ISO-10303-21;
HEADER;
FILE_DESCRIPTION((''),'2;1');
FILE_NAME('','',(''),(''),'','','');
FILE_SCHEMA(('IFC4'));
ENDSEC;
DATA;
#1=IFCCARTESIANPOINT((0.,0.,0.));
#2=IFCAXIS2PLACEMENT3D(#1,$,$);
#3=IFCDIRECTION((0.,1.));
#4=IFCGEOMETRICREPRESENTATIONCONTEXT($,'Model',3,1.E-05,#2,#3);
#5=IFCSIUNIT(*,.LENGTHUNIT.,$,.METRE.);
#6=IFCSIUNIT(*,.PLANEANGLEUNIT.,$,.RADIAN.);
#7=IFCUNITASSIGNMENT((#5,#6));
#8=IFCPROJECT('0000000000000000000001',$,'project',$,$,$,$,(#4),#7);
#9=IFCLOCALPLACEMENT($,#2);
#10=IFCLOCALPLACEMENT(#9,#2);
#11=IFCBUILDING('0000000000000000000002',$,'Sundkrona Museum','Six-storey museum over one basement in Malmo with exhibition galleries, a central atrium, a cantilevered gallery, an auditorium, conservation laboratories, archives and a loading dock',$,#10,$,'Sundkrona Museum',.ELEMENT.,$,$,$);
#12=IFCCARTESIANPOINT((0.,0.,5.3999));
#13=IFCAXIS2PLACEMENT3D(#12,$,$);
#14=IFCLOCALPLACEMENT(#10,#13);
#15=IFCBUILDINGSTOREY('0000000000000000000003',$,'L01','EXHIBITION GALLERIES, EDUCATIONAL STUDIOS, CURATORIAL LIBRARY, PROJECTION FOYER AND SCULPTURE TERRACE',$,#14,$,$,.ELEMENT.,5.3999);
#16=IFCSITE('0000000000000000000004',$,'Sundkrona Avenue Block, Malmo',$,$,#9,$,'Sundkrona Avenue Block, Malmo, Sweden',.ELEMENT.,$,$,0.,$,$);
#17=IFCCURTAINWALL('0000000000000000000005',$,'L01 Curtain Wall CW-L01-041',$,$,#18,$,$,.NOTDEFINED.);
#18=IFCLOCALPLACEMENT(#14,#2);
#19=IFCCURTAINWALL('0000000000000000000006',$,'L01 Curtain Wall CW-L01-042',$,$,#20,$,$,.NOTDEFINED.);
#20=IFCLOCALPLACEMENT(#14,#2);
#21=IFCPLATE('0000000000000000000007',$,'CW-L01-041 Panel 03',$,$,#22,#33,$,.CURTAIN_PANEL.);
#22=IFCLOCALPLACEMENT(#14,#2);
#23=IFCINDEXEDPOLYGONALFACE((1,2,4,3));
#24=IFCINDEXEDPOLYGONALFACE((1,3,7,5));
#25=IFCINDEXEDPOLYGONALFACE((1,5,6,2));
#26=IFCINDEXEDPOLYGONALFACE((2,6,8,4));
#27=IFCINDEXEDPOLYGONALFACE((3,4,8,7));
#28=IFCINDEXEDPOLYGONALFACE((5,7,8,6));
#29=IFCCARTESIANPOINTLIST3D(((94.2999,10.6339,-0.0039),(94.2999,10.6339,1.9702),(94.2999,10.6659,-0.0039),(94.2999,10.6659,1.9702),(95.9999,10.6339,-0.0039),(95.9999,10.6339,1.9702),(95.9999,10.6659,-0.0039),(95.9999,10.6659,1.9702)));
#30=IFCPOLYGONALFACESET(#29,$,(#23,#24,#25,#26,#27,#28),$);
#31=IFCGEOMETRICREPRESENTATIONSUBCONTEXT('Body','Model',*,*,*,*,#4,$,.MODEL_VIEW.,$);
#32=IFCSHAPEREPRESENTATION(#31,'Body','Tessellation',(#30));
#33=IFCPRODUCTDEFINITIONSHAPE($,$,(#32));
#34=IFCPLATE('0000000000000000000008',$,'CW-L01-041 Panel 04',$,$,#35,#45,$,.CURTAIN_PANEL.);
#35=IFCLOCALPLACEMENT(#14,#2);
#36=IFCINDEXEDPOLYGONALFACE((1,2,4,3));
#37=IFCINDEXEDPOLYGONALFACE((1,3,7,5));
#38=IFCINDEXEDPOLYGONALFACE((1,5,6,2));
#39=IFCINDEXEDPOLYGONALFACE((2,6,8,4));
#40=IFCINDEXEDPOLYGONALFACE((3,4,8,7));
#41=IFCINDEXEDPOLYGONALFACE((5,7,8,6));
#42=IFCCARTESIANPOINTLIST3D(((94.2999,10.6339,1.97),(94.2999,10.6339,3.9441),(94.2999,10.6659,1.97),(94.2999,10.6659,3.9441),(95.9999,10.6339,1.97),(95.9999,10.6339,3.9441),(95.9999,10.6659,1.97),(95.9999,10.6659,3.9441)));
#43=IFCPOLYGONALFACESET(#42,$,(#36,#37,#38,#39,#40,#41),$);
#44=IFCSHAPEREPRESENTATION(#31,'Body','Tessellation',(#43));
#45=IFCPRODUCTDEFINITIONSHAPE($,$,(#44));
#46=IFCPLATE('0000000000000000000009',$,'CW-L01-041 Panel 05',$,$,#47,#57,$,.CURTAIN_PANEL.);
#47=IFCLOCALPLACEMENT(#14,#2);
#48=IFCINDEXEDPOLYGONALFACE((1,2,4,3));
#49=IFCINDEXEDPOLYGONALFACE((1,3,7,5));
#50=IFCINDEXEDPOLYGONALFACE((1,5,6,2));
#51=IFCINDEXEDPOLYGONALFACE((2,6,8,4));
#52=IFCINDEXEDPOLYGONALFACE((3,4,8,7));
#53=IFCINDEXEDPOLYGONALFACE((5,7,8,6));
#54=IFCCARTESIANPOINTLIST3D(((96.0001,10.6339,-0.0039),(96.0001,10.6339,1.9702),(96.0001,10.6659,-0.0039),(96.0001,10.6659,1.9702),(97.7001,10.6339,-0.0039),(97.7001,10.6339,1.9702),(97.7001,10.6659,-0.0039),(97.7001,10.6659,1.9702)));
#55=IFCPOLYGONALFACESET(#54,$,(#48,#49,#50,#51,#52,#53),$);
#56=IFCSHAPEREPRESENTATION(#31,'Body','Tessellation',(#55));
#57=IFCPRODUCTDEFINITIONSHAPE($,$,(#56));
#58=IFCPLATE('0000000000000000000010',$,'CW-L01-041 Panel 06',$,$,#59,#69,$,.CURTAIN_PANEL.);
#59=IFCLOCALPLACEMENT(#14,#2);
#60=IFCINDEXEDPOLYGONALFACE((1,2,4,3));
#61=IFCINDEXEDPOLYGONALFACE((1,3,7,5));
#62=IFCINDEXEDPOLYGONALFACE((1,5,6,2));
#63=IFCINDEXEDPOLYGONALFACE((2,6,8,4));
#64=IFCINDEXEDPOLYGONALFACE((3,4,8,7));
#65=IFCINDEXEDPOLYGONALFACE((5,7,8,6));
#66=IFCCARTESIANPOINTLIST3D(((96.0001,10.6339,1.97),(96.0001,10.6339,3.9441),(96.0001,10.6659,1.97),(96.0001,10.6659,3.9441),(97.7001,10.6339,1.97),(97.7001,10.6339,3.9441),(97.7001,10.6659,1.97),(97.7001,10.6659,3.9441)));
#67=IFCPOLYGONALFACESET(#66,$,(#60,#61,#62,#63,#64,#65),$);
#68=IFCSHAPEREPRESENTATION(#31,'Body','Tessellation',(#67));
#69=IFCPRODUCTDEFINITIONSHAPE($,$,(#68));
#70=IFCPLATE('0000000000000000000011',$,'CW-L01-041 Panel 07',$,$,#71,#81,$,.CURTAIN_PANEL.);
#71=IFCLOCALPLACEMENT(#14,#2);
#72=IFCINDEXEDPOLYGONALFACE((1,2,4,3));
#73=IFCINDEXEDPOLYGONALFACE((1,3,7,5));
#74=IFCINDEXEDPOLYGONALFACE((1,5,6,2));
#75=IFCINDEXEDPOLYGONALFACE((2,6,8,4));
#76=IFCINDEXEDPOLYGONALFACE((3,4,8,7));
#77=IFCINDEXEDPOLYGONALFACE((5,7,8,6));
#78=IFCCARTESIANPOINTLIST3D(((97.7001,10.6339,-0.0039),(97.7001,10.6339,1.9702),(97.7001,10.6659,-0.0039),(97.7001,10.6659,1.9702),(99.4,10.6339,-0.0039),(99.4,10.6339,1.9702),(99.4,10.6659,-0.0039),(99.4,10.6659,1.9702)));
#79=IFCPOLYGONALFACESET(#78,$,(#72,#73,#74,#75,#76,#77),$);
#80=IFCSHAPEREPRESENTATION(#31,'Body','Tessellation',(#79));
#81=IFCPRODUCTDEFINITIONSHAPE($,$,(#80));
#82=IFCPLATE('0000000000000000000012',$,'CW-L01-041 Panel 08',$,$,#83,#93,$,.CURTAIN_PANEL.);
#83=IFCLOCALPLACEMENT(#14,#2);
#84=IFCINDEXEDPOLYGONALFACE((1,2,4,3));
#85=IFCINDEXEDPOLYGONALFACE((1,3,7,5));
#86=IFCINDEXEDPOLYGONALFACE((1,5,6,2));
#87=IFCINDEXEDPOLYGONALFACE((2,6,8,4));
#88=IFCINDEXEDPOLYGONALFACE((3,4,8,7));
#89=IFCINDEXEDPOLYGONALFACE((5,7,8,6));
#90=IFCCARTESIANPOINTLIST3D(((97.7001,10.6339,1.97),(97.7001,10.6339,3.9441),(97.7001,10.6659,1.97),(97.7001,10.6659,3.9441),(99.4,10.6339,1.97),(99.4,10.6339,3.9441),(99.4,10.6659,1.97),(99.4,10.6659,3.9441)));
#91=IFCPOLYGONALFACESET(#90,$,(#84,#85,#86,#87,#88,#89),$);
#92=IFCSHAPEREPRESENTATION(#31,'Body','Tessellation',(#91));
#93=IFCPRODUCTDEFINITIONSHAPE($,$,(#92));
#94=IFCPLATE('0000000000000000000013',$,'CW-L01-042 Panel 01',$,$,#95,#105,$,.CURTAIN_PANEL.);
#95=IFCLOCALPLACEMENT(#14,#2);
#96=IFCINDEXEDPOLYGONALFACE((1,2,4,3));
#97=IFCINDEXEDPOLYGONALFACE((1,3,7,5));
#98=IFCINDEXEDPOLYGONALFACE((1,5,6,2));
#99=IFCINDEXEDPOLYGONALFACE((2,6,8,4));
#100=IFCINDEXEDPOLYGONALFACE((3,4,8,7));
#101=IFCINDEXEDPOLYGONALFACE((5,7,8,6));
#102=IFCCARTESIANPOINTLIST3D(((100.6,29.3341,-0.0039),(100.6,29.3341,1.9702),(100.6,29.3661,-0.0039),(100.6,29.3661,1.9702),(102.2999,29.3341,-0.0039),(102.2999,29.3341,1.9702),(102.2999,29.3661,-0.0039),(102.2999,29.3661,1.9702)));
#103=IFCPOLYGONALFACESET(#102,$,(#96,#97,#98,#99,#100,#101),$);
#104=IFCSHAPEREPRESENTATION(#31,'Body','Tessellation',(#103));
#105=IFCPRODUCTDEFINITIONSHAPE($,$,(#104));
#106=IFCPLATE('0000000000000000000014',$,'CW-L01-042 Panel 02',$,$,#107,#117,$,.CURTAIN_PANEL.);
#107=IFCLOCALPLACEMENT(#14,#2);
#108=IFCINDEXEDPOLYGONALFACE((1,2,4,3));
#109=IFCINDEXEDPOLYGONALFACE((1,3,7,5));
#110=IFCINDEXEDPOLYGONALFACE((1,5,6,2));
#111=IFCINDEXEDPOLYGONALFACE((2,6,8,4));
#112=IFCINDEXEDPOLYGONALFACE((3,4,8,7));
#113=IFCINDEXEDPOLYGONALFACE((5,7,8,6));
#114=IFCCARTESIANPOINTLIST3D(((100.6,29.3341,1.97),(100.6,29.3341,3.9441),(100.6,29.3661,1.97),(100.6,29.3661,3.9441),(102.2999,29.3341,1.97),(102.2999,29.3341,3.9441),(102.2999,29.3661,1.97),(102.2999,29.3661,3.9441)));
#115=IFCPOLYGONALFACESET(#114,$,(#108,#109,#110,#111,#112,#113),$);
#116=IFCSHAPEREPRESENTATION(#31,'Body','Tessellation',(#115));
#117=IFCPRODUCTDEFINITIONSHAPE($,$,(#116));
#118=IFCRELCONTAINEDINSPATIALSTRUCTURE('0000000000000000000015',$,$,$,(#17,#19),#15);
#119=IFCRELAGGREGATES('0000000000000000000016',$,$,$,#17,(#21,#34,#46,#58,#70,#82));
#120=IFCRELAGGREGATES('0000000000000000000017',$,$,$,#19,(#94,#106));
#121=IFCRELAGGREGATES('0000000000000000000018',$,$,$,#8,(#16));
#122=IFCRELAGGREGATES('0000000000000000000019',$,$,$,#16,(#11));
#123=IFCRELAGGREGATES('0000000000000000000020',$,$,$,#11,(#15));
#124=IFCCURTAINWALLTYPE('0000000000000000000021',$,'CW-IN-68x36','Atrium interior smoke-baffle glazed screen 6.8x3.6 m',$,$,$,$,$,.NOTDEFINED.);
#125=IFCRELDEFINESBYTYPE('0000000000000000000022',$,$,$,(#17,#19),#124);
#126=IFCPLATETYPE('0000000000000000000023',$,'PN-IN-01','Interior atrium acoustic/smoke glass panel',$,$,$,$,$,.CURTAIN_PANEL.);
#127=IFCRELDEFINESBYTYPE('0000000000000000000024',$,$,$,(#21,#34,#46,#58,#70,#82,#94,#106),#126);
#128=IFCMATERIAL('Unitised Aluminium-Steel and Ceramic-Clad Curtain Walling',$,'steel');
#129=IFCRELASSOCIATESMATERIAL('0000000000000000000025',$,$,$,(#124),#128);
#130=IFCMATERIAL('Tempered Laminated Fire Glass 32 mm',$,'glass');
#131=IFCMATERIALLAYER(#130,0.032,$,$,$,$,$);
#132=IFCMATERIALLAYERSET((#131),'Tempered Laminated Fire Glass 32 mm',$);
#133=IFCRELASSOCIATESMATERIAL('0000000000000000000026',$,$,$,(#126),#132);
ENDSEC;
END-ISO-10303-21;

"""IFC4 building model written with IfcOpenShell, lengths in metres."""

from ifc_helpers import new_model, si_unit, direction, frame, origin, origin_2d, place, context, subcontext, project, spatial, rectangle, extrude, material, layer, layer_set, type_object, element, aggregate, save


model = new_model("IFC4")

# Units and contexts
model_context = context("Model", 3, precision=1e-05, world=origin(), true_north=direction((0.0, 1.0)))
body_context = subcontext(model_context, "Body", "Model", "MODEL_VIEW")
ifc_project = project(units=[si_unit("LENGTHUNIT", "METRE"), si_unit("PLANEANGLEUNIT", "RADIAN")], contexts=[model_context])

# Site, building, storey
site_placement = place(None, origin())
site = spatial("IfcSite", under=ifc_project, at=site_placement, Name="Sundkrona Avenue Block, Malmo", LongName="Sundkrona Avenue Block, Malmo, Sweden", CompositionType="ELEMENT", RefElevation=0.0)
building_placement = place(site_placement, origin())
building = spatial("IfcBuilding", under=site, at=building_placement, Name="Sundkrona Museum", Description="Six-storey museum over one basement in Malmo with exhibition galleries, a central atrium, a cantilevered gallery, an auditorium, conservation laboratories, archives and a loading dock", LongName="Sundkrona Museum", CompositionType="ELEMENT")
storey_placement = place(building_placement, frame((0.0, 0.0, 5.3999)))
storey = spatial("IfcBuildingStorey", under=building, at=storey_placement, Name="L01", Description="EXHIBITION GALLERIES, EDUCATIONAL STUDIOS, CURATORIAL LIBRARY, PROJECTION FOYER AND SCULPTURE TERRACE", CompositionType="ELEMENT", Elevation=5.3999)

# Curtain walls
ifc_material_1 = material(Name="Unitised Aluminium-Steel and Ceramic-Clad Curtain Walling", Category="steel")
curtain_wall_type = type_object("IfcCurtainWallType", Name="CW-IN-68x36", Description="Atrium interior smoke-baffle glazed screen 6.8x3.6 m", PredefinedType="NOTDEFINED", material=ifc_material_1)
curtain_wall_1_placement = place(storey_placement, origin())
curtain_wall_1 = element("IfcCurtainWall", 1, at=curtain_wall_1_placement, inside=storey, type_object=curtain_wall_type, Name="L01 Curtain Wall CW-L01-041", PredefinedType="NOTDEFINED")
curtain_wall_2_placement = place(storey_placement, origin())
curtain_wall_2 = element("IfcCurtainWall", 2, at=curtain_wall_2_placement, inside=storey, type_object=curtain_wall_type, Name="L01 Curtain Wall CW-L01-042", PredefinedType="NOTDEFINED")

# Plates
ifc_material_2 = material(Name="Tempered Laminated Fire Glass 32 mm", Category="glass")
ifc_layer = layer(ifc_material_2, 0.032)
ifc_layer_set = layer_set([ifc_layer], Name="Tempered Laminated Fire Glass 32 mm")
plate_type = type_object("IfcPlateType", Name="PN-IN-01", Description="Interior atrium acoustic/smoke glass panel", PredefinedType="CURTAIN_PANEL", material=ifc_layer_set)
plate_1_placement = place(storey_placement, frame((95.1499, 10.6499, -0.0039), z_axis=(0.0, 0.0, 1.0), x_axis=(1.0, 0.0, 0.0)))
plate_1 = element("IfcPlate", 3, at=plate_1_placement, type_object=plate_type, Name="CW-L01-041 Panel 03", PredefinedType="CURTAIN_PANEL", context=body_context, shape_type="SweptSolid", body=[
    extrude(rectangle(XDim=1.7, YDim=0.032, at=origin_2d()), origin(), (0.0, 0.0, 1.0), 1.9741),
])
plate_2_placement = place(storey_placement, frame((95.1499, 10.6499, 1.97), z_axis=(0.0, 0.0, 1.0), x_axis=(1.0, 0.0, 0.0)))
plate_2 = element("IfcPlate", 4, at=plate_2_placement, type_object=plate_type, Name="CW-L01-041 Panel 04", PredefinedType="CURTAIN_PANEL", context=body_context, shape_type="SweptSolid", body=[
    extrude(rectangle(XDim=1.7, YDim=0.032, at=origin_2d()), origin(), (0.0, 0.0, 1.0), 1.9741),
])
plate_3_placement = place(storey_placement, frame((96.8501, 10.6499, -0.0039), z_axis=(0.0, 0.0, 1.0), x_axis=(1.0, 0.0, 0.0)))
plate_3 = element("IfcPlate", 5, at=plate_3_placement, type_object=plate_type, Name="CW-L01-041 Panel 05", PredefinedType="CURTAIN_PANEL", context=body_context, shape_type="SweptSolid", body=[
    extrude(rectangle(XDim=1.7, YDim=0.032, at=origin_2d()), origin(), (0.0, 0.0, 1.0), 1.9741),
])
plate_4_placement = place(storey_placement, frame((96.8501, 10.6499, 1.97), z_axis=(0.0, 0.0, 1.0), x_axis=(1.0, 0.0, 0.0)))
plate_4 = element("IfcPlate", 6, at=plate_4_placement, type_object=plate_type, Name="CW-L01-041 Panel 06", PredefinedType="CURTAIN_PANEL", context=body_context, shape_type="SweptSolid", body=[
    extrude(rectangle(XDim=1.7, YDim=0.032, at=origin_2d()), origin(), (0.0, 0.0, 1.0), 1.9741),
])
plate_5_placement = place(storey_placement, frame((98.55, 10.6499, -0.0039), z_axis=(0.0, 0.0, 1.0), x_axis=(1.0, 0.0, 0.0)))
plate_5 = element("IfcPlate", 7, at=plate_5_placement, type_object=plate_type, Name="CW-L01-041 Panel 07", PredefinedType="CURTAIN_PANEL", context=body_context, shape_type="SweptSolid", body=[
    extrude(rectangle(XDim=1.7, YDim=0.032, at=origin_2d()), origin(), (0.0, 0.0, 1.0), 1.9741),
])
plate_6_placement = place(storey_placement, frame((98.55, 10.6499, 1.97), z_axis=(0.0, 0.0, 1.0), x_axis=(1.0, 0.0, 0.0)))
plate_6 = element("IfcPlate", 8, at=plate_6_placement, type_object=plate_type, Name="CW-L01-041 Panel 08", PredefinedType="CURTAIN_PANEL", context=body_context, shape_type="SweptSolid", body=[
    extrude(rectangle(XDim=1.7, YDim=0.032, at=origin_2d()), origin(), (0.0, 0.0, 1.0), 1.9741),
])
aggregate(curtain_wall_1, [plate_1, plate_2, plate_3, plate_4, plate_5, plate_6])
plate_7_placement = place(storey_placement, frame((101.45, 29.3501, -0.0039), z_axis=(0.0, 0.0, 1.0), x_axis=(1.0, 0.0, 0.0)))
plate_7 = element("IfcPlate", 9, at=plate_7_placement, type_object=plate_type, Name="CW-L01-042 Panel 01", PredefinedType="CURTAIN_PANEL", context=body_context, shape_type="SweptSolid", body=[
    extrude(rectangle(XDim=1.7, YDim=0.032, at=origin_2d()), origin(), (0.0, 0.0, 1.0), 1.9741),
])
plate_8_placement = place(storey_placement, frame((101.45, 29.3501, 1.97), z_axis=(0.0, 0.0, 1.0), x_axis=(1.0, 0.0, 0.0)))
plate_8 = element("IfcPlate", 10, at=plate_8_placement, type_object=plate_type, Name="CW-L01-042 Panel 02", PredefinedType="CURTAIN_PANEL", context=body_context, shape_type="SweptSolid", body=[
    extrude(rectangle(XDim=1.7, YDim=0.032, at=origin_2d()), origin(), (0.0, 0.0, 1.0), 1.9741),
])
aggregate(curtain_wall_2, [plate_7, plate_8])

save(model, "model.ifc")
